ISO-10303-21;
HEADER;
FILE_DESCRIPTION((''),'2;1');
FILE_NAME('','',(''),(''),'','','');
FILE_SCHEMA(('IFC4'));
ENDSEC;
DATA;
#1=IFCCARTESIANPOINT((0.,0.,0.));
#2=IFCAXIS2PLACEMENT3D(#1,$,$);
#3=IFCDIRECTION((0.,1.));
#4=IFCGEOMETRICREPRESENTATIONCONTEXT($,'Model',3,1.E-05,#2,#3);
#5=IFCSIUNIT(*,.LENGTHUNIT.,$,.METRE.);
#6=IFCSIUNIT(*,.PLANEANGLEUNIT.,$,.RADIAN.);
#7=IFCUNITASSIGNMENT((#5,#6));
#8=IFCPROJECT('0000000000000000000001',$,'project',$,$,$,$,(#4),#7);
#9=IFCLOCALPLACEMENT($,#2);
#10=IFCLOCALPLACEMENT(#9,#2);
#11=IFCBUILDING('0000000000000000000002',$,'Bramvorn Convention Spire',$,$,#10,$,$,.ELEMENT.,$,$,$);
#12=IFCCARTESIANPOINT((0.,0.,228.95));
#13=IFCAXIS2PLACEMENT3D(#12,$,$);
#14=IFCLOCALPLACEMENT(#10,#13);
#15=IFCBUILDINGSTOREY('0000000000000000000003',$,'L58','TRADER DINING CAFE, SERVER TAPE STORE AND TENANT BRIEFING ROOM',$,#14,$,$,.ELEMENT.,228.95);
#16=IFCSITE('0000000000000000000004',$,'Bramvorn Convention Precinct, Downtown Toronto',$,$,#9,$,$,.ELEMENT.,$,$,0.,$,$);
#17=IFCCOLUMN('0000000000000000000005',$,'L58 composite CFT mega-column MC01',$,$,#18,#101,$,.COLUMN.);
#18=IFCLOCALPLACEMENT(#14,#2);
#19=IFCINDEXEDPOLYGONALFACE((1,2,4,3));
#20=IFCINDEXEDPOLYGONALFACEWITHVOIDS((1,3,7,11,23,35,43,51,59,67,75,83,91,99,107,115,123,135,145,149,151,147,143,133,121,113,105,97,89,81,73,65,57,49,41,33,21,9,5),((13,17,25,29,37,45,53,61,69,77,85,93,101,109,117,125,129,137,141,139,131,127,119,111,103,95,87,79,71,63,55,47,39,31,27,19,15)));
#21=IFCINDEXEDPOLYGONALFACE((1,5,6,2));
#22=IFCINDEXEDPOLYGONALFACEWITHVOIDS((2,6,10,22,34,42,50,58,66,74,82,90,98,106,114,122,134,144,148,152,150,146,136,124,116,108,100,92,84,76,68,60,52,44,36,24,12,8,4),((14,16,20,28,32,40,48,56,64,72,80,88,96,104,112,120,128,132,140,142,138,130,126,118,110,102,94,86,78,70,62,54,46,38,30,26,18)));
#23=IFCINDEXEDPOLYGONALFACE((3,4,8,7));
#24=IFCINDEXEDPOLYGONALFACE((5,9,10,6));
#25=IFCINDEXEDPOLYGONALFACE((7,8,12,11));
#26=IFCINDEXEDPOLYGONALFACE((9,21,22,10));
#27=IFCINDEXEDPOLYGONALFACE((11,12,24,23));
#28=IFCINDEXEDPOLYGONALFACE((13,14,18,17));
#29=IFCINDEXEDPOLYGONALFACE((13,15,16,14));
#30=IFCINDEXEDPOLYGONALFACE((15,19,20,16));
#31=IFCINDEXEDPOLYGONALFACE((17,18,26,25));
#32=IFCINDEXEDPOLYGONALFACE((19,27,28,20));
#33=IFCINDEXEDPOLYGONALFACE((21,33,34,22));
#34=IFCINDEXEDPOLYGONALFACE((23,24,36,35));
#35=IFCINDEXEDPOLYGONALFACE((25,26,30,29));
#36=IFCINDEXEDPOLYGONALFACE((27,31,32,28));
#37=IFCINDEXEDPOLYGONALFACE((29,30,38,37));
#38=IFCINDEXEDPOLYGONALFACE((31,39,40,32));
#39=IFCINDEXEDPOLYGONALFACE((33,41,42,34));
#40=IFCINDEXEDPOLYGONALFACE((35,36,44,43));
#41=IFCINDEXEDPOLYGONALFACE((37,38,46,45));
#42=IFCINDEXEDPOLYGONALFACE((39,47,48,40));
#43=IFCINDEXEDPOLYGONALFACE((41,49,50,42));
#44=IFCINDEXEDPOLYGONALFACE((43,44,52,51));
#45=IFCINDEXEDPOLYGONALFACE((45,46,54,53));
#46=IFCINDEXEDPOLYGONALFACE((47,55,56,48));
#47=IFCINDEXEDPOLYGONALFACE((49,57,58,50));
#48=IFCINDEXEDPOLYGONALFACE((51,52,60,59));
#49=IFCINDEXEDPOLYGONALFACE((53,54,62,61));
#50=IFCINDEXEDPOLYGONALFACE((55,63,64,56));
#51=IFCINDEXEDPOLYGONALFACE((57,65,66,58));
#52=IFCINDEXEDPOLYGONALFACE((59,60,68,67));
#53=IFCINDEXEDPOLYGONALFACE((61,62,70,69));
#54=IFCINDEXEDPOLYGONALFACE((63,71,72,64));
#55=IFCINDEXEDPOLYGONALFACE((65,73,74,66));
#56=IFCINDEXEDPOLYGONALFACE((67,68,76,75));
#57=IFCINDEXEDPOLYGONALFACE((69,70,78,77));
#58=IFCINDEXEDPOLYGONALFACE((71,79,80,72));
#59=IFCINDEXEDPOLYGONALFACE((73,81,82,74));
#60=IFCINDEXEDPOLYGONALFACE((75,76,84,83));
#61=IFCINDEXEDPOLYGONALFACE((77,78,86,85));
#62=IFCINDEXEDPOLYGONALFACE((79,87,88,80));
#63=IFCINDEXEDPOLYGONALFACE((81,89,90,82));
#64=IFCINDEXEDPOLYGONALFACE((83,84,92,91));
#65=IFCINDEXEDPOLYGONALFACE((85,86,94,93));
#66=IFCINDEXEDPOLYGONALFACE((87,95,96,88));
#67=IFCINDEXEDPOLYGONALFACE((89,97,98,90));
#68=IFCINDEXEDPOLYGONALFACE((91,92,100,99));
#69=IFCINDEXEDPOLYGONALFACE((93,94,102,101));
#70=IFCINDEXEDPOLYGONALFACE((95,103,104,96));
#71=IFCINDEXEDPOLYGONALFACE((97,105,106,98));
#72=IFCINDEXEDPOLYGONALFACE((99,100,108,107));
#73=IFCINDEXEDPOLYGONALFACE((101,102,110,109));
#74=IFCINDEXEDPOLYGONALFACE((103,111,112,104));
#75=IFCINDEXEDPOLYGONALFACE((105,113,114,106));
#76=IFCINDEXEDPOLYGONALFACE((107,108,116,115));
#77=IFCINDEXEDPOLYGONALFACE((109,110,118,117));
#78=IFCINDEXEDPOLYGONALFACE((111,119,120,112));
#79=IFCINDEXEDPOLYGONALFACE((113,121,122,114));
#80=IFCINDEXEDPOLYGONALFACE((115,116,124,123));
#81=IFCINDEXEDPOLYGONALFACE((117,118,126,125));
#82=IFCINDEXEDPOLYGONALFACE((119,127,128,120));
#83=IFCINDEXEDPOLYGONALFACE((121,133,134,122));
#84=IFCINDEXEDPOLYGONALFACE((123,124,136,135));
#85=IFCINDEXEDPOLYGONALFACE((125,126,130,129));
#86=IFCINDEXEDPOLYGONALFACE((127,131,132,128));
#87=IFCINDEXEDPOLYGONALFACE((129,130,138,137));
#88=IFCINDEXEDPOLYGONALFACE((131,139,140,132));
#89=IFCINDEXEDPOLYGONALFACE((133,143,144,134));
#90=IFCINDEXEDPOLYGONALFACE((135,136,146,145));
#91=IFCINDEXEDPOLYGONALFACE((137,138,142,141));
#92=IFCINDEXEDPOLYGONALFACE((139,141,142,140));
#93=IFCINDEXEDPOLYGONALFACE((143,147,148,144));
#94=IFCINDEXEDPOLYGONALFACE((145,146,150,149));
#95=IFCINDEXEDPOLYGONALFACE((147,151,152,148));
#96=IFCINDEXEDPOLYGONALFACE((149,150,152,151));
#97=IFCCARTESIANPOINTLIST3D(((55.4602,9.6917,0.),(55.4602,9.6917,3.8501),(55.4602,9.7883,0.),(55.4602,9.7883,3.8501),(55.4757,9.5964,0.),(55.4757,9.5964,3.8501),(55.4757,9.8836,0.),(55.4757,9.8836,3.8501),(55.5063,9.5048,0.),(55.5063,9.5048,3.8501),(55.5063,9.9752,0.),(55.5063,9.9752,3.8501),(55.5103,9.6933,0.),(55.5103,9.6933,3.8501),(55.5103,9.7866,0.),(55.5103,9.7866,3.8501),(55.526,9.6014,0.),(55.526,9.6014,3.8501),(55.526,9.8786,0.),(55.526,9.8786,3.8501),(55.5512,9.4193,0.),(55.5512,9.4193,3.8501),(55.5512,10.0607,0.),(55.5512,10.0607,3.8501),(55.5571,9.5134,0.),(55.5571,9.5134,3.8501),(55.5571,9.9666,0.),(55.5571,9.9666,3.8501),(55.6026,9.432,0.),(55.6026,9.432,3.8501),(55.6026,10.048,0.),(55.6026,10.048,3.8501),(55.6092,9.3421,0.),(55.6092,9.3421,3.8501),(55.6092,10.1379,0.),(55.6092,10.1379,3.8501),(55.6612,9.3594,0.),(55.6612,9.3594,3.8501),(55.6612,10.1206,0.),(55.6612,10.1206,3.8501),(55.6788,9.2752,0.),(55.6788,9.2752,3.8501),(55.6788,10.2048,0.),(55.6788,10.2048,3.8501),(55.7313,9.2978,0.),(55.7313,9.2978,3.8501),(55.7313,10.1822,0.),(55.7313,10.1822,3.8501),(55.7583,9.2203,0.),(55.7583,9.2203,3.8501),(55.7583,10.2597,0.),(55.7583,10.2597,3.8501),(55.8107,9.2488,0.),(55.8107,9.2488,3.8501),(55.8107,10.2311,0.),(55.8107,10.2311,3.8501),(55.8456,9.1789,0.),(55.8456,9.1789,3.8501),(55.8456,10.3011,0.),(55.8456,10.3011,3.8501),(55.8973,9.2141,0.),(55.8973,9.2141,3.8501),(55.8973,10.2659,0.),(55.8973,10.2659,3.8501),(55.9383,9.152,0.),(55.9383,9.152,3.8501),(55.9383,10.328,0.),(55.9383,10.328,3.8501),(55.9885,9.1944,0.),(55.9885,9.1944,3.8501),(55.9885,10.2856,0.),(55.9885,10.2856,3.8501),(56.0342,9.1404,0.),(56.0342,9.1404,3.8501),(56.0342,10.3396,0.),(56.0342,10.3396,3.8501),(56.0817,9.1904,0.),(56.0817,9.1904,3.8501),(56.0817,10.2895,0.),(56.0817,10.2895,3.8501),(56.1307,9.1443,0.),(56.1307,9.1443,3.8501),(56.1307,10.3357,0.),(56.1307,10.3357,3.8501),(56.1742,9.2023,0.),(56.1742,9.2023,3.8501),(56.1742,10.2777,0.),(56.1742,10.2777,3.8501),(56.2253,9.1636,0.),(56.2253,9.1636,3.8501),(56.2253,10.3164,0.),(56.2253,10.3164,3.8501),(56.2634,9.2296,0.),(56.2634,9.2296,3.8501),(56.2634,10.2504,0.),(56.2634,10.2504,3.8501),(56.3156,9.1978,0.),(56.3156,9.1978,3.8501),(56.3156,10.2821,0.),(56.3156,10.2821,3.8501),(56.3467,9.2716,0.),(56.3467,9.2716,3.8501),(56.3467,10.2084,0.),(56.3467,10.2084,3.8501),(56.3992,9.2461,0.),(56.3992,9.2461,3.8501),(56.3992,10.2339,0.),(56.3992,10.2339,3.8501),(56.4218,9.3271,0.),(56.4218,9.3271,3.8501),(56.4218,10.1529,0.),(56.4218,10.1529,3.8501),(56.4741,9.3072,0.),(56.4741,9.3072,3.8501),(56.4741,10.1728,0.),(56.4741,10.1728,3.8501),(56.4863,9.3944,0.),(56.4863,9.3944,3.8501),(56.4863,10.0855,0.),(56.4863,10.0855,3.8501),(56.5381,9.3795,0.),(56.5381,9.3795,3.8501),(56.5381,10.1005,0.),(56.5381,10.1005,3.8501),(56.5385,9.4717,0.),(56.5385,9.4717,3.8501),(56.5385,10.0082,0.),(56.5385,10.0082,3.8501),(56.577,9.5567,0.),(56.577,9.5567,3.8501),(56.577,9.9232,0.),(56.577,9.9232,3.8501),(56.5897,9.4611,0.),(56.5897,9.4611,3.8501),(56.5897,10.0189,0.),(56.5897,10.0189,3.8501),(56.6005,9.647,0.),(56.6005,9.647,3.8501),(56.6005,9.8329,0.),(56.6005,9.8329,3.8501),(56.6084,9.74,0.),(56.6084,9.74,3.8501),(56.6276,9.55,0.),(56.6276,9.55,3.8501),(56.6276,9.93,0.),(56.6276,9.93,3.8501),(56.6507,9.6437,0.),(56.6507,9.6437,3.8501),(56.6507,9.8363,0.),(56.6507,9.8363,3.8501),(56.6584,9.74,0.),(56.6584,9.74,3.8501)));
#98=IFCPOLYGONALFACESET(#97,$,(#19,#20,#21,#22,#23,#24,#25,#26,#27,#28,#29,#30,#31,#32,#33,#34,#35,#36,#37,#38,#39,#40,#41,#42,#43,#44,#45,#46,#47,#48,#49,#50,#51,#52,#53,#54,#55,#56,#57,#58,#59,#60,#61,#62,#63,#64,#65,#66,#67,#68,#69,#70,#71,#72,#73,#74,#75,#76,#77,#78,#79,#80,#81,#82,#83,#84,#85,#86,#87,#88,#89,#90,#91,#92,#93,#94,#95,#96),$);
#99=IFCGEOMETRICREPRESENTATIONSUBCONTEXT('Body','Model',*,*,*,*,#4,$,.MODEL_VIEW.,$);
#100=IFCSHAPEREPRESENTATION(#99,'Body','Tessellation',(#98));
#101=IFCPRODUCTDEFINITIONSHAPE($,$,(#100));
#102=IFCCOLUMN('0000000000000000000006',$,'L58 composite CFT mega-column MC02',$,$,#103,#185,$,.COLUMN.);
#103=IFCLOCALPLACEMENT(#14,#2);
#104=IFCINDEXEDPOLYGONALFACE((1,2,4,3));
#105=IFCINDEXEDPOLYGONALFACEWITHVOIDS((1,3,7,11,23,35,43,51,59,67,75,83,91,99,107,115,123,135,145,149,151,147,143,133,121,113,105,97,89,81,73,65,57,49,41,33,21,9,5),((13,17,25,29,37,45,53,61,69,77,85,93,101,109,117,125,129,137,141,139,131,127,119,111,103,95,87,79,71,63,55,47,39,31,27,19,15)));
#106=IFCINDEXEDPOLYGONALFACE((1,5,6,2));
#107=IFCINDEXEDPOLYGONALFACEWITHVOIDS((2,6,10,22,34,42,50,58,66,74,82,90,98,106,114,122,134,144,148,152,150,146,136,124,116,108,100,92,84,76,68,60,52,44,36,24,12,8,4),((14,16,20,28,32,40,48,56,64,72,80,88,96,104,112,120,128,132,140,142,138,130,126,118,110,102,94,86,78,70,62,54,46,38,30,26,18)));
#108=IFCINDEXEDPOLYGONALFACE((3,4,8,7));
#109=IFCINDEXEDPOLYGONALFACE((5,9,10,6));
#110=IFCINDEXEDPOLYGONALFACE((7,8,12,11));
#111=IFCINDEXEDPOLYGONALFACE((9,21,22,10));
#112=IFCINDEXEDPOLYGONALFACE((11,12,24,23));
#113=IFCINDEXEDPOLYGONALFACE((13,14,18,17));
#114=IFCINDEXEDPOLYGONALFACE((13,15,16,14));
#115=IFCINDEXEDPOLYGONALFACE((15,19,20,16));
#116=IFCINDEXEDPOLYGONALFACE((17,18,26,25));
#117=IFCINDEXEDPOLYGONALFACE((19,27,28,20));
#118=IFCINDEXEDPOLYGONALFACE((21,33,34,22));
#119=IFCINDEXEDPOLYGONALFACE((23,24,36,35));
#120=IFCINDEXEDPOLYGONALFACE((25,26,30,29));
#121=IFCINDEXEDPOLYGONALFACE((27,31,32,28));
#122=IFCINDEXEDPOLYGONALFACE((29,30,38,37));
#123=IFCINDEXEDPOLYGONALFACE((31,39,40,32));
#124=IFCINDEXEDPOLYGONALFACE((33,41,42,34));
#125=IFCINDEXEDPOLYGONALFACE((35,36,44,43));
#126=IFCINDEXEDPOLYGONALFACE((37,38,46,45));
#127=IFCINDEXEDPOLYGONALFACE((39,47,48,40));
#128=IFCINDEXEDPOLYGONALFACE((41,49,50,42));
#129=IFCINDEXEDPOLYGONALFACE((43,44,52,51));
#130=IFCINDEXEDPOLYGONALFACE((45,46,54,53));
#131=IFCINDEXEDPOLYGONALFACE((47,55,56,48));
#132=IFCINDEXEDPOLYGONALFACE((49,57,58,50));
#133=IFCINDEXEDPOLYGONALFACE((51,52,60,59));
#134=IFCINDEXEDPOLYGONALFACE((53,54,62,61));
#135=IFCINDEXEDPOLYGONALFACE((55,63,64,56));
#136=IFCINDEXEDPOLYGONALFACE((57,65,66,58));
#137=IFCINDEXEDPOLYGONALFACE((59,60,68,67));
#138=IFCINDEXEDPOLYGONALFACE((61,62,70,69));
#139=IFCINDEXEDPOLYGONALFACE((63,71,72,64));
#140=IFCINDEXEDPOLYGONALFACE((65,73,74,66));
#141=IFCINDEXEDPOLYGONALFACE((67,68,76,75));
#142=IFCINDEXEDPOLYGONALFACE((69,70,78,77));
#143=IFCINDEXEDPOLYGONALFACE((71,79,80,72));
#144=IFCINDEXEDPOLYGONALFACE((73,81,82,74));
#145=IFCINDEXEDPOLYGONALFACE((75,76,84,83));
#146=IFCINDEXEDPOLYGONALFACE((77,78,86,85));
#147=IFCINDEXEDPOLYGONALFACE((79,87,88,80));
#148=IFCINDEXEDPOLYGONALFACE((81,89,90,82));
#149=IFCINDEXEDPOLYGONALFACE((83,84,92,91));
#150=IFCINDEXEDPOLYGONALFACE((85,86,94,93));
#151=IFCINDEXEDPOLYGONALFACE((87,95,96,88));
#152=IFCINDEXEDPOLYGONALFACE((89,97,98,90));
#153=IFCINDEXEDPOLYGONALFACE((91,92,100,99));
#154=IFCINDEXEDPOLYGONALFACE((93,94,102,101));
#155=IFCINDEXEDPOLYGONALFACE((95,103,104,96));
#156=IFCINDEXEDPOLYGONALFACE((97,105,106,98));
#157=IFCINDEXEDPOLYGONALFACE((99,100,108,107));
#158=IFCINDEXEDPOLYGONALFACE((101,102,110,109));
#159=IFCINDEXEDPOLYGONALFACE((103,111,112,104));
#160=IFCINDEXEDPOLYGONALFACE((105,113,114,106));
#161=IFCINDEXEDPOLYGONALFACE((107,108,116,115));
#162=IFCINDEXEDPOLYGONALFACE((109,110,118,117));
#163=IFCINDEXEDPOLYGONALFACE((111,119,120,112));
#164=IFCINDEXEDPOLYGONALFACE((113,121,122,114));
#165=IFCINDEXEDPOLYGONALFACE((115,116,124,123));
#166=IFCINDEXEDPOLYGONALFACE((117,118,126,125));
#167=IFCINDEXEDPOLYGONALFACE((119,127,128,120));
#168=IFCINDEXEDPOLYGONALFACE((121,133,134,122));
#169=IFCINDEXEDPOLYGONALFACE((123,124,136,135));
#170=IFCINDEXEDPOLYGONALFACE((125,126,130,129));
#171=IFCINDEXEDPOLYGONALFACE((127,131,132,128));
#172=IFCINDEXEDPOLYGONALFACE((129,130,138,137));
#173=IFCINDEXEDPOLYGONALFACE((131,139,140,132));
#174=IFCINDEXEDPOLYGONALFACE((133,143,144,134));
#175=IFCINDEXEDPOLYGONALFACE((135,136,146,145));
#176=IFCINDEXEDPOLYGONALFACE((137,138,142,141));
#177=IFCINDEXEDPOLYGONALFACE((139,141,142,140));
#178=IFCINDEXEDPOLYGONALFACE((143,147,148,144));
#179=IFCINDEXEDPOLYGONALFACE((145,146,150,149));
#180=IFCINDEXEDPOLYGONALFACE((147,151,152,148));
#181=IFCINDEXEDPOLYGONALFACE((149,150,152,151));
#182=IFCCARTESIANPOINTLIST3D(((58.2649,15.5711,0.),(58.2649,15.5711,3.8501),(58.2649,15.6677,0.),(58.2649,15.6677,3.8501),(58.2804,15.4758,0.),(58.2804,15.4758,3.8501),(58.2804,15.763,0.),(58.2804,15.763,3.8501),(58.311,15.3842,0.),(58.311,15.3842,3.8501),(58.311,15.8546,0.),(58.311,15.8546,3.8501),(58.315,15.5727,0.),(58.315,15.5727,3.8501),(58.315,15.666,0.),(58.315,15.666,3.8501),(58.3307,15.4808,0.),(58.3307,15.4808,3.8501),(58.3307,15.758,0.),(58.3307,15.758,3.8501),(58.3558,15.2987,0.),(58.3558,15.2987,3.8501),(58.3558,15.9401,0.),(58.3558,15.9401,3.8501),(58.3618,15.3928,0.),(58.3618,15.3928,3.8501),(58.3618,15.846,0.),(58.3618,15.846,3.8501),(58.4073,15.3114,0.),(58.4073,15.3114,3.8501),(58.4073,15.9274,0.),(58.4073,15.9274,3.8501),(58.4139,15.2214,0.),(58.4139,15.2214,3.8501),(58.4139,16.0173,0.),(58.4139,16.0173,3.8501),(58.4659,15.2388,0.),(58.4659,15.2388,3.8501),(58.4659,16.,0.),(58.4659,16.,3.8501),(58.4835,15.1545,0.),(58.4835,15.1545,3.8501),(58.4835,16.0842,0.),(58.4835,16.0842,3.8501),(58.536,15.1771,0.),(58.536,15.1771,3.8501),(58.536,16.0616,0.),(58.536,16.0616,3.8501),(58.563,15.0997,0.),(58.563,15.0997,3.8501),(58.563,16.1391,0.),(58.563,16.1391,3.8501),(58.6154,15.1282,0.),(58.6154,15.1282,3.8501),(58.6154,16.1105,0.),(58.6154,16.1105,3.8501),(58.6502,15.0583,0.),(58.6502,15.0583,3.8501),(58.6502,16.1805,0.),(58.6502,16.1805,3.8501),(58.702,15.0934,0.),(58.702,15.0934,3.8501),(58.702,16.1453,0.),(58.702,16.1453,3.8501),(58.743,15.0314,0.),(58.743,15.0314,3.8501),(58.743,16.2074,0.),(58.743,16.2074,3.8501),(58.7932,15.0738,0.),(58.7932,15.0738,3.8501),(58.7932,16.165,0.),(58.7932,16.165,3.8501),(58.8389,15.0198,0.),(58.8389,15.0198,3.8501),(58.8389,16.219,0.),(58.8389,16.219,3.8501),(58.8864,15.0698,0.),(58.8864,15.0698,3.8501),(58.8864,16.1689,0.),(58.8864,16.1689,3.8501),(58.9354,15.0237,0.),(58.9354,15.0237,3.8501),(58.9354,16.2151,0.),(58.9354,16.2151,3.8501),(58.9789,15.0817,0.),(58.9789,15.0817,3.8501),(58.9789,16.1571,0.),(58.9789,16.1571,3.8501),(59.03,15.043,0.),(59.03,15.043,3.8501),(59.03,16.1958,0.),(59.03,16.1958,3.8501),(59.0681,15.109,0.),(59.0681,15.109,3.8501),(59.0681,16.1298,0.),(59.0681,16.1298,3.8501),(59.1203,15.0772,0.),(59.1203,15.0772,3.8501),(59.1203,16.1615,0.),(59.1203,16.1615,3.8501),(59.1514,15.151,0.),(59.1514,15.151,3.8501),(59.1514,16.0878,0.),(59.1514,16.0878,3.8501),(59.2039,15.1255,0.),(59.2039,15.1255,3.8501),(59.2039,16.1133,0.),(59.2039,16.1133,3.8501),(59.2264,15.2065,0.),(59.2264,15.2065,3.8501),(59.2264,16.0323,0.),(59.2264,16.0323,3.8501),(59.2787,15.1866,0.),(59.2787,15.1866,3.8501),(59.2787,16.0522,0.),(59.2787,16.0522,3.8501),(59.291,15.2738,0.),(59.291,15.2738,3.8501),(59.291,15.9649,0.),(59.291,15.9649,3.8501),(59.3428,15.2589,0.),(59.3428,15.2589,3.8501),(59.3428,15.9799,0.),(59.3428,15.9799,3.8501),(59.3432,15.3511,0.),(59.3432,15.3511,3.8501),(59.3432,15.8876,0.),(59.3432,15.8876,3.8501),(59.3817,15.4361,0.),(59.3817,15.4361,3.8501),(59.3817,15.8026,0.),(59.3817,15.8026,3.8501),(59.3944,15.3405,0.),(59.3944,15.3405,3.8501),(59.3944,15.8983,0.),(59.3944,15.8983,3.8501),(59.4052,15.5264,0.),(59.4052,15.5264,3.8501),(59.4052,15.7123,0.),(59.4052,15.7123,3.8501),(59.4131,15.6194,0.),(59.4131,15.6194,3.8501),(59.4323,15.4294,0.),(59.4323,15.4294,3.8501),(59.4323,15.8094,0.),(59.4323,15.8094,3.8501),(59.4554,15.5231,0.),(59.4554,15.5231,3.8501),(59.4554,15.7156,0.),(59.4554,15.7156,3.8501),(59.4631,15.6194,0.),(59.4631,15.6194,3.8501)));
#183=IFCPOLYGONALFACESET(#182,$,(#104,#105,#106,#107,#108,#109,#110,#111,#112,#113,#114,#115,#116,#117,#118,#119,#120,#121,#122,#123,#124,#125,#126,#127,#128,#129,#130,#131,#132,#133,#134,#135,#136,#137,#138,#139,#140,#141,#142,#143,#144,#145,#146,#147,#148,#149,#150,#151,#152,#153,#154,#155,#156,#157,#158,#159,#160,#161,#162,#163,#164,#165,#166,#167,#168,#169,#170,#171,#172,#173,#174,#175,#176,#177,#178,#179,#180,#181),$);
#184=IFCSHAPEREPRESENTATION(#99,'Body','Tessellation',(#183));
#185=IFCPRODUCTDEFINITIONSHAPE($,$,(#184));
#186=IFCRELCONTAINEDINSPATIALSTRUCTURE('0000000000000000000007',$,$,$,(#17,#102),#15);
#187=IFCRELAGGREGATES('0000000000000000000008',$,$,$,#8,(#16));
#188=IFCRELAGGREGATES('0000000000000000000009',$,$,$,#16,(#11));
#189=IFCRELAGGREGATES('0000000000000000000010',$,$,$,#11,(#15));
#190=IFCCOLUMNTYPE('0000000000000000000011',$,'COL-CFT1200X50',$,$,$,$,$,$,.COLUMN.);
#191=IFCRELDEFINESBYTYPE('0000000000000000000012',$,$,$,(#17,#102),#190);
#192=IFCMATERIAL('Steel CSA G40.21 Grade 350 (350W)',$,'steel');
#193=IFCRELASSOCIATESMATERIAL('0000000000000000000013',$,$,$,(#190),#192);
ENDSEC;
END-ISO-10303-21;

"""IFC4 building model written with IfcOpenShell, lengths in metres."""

from ifc_helpers import new_model, si_unit, direction, frame, origin, origin_2d, place, context, subcontext, project, spatial, hollow_circle, extrude, material, material_profile, profile_set, type_object, element, save


model = new_model("IFC4")

# Units and contexts
model_context = context("Model", 3, precision=1e-05, world=origin(), true_north=direction((0.0, 1.0)))
body_context = subcontext(model_context, "Body", "Model", "MODEL_VIEW")
ifc_project = project(units=[si_unit("LENGTHUNIT", "METRE"), si_unit("PLANEANGLEUNIT", "RADIAN")], contexts=[model_context])

# Site, building, storey
site_placement = place(None, origin())
site = spatial("IfcSite", under=ifc_project, at=site_placement, Name="Bramvorn Convention Precinct, Downtown Toronto", CompositionType="ELEMENT", RefElevation=0.0)
building_placement = place(site_placement, origin())
building = spatial("IfcBuilding", under=site, at=building_placement, Name="Bramvorn Convention Spire", CompositionType="ELEMENT")
storey_placement = place(building_placement, frame((0.0, 0.0, 228.95)))
storey = spatial("IfcBuildingStorey", under=building, at=storey_placement, Name="L58", Description="TRADER DINING CAFE, SERVER TAPE STORE AND TENANT BRIEFING ROOM", CompositionType="ELEMENT", Elevation=228.95)

# Columns
ifc_material_1 = material(Name="Steel CSA G40.21 Grade 350 (350W)", Category="steel")
ifc_material_profile_1 = material_profile(ifc_material_1, hollow_circle(Radius=0.6001, WallThickness=0.05, at=origin_2d()))
ifc_profile_set_1 = profile_set([ifc_material_profile_1], Name="Steel CSA G40.21 Grade 350 (350W) - CFT1200X50")
column_type = type_object("IfcColumnType", Name="COL-CFT1200X50", PredefinedType="COLUMN", material=ifc_profile_set_1)
for number, where, z_axis, x_axis, name in (
    (1, (56.0583, 9.74, 0.0), (0.0, 0.0, 1.0), (1.0, 0.0, 0.0), "L58 composite CFT mega-column MC01"),
    (2, (58.863, 15.6194, 0.0), (0.0, 0.0, 1.0), (1.0, 0.0, 0.0), "L58 composite CFT mega-column MC02"),
):
    element("IfcColumn", number, at=place(storey_placement, frame(where, z_axis=z_axis, x_axis=x_axis)), inside=storey, type_object=column_type, Name=name, PredefinedType="COLUMN", context=body_context, shape_type="SweptSolid", body=[
        extrude(hollow_circle(Radius=0.6001, WallThickness=0.05, at=origin_2d()), origin(), (0.0, 0.0, 1.0), 3.8501),
    ])

save(model, "model.ifc")
